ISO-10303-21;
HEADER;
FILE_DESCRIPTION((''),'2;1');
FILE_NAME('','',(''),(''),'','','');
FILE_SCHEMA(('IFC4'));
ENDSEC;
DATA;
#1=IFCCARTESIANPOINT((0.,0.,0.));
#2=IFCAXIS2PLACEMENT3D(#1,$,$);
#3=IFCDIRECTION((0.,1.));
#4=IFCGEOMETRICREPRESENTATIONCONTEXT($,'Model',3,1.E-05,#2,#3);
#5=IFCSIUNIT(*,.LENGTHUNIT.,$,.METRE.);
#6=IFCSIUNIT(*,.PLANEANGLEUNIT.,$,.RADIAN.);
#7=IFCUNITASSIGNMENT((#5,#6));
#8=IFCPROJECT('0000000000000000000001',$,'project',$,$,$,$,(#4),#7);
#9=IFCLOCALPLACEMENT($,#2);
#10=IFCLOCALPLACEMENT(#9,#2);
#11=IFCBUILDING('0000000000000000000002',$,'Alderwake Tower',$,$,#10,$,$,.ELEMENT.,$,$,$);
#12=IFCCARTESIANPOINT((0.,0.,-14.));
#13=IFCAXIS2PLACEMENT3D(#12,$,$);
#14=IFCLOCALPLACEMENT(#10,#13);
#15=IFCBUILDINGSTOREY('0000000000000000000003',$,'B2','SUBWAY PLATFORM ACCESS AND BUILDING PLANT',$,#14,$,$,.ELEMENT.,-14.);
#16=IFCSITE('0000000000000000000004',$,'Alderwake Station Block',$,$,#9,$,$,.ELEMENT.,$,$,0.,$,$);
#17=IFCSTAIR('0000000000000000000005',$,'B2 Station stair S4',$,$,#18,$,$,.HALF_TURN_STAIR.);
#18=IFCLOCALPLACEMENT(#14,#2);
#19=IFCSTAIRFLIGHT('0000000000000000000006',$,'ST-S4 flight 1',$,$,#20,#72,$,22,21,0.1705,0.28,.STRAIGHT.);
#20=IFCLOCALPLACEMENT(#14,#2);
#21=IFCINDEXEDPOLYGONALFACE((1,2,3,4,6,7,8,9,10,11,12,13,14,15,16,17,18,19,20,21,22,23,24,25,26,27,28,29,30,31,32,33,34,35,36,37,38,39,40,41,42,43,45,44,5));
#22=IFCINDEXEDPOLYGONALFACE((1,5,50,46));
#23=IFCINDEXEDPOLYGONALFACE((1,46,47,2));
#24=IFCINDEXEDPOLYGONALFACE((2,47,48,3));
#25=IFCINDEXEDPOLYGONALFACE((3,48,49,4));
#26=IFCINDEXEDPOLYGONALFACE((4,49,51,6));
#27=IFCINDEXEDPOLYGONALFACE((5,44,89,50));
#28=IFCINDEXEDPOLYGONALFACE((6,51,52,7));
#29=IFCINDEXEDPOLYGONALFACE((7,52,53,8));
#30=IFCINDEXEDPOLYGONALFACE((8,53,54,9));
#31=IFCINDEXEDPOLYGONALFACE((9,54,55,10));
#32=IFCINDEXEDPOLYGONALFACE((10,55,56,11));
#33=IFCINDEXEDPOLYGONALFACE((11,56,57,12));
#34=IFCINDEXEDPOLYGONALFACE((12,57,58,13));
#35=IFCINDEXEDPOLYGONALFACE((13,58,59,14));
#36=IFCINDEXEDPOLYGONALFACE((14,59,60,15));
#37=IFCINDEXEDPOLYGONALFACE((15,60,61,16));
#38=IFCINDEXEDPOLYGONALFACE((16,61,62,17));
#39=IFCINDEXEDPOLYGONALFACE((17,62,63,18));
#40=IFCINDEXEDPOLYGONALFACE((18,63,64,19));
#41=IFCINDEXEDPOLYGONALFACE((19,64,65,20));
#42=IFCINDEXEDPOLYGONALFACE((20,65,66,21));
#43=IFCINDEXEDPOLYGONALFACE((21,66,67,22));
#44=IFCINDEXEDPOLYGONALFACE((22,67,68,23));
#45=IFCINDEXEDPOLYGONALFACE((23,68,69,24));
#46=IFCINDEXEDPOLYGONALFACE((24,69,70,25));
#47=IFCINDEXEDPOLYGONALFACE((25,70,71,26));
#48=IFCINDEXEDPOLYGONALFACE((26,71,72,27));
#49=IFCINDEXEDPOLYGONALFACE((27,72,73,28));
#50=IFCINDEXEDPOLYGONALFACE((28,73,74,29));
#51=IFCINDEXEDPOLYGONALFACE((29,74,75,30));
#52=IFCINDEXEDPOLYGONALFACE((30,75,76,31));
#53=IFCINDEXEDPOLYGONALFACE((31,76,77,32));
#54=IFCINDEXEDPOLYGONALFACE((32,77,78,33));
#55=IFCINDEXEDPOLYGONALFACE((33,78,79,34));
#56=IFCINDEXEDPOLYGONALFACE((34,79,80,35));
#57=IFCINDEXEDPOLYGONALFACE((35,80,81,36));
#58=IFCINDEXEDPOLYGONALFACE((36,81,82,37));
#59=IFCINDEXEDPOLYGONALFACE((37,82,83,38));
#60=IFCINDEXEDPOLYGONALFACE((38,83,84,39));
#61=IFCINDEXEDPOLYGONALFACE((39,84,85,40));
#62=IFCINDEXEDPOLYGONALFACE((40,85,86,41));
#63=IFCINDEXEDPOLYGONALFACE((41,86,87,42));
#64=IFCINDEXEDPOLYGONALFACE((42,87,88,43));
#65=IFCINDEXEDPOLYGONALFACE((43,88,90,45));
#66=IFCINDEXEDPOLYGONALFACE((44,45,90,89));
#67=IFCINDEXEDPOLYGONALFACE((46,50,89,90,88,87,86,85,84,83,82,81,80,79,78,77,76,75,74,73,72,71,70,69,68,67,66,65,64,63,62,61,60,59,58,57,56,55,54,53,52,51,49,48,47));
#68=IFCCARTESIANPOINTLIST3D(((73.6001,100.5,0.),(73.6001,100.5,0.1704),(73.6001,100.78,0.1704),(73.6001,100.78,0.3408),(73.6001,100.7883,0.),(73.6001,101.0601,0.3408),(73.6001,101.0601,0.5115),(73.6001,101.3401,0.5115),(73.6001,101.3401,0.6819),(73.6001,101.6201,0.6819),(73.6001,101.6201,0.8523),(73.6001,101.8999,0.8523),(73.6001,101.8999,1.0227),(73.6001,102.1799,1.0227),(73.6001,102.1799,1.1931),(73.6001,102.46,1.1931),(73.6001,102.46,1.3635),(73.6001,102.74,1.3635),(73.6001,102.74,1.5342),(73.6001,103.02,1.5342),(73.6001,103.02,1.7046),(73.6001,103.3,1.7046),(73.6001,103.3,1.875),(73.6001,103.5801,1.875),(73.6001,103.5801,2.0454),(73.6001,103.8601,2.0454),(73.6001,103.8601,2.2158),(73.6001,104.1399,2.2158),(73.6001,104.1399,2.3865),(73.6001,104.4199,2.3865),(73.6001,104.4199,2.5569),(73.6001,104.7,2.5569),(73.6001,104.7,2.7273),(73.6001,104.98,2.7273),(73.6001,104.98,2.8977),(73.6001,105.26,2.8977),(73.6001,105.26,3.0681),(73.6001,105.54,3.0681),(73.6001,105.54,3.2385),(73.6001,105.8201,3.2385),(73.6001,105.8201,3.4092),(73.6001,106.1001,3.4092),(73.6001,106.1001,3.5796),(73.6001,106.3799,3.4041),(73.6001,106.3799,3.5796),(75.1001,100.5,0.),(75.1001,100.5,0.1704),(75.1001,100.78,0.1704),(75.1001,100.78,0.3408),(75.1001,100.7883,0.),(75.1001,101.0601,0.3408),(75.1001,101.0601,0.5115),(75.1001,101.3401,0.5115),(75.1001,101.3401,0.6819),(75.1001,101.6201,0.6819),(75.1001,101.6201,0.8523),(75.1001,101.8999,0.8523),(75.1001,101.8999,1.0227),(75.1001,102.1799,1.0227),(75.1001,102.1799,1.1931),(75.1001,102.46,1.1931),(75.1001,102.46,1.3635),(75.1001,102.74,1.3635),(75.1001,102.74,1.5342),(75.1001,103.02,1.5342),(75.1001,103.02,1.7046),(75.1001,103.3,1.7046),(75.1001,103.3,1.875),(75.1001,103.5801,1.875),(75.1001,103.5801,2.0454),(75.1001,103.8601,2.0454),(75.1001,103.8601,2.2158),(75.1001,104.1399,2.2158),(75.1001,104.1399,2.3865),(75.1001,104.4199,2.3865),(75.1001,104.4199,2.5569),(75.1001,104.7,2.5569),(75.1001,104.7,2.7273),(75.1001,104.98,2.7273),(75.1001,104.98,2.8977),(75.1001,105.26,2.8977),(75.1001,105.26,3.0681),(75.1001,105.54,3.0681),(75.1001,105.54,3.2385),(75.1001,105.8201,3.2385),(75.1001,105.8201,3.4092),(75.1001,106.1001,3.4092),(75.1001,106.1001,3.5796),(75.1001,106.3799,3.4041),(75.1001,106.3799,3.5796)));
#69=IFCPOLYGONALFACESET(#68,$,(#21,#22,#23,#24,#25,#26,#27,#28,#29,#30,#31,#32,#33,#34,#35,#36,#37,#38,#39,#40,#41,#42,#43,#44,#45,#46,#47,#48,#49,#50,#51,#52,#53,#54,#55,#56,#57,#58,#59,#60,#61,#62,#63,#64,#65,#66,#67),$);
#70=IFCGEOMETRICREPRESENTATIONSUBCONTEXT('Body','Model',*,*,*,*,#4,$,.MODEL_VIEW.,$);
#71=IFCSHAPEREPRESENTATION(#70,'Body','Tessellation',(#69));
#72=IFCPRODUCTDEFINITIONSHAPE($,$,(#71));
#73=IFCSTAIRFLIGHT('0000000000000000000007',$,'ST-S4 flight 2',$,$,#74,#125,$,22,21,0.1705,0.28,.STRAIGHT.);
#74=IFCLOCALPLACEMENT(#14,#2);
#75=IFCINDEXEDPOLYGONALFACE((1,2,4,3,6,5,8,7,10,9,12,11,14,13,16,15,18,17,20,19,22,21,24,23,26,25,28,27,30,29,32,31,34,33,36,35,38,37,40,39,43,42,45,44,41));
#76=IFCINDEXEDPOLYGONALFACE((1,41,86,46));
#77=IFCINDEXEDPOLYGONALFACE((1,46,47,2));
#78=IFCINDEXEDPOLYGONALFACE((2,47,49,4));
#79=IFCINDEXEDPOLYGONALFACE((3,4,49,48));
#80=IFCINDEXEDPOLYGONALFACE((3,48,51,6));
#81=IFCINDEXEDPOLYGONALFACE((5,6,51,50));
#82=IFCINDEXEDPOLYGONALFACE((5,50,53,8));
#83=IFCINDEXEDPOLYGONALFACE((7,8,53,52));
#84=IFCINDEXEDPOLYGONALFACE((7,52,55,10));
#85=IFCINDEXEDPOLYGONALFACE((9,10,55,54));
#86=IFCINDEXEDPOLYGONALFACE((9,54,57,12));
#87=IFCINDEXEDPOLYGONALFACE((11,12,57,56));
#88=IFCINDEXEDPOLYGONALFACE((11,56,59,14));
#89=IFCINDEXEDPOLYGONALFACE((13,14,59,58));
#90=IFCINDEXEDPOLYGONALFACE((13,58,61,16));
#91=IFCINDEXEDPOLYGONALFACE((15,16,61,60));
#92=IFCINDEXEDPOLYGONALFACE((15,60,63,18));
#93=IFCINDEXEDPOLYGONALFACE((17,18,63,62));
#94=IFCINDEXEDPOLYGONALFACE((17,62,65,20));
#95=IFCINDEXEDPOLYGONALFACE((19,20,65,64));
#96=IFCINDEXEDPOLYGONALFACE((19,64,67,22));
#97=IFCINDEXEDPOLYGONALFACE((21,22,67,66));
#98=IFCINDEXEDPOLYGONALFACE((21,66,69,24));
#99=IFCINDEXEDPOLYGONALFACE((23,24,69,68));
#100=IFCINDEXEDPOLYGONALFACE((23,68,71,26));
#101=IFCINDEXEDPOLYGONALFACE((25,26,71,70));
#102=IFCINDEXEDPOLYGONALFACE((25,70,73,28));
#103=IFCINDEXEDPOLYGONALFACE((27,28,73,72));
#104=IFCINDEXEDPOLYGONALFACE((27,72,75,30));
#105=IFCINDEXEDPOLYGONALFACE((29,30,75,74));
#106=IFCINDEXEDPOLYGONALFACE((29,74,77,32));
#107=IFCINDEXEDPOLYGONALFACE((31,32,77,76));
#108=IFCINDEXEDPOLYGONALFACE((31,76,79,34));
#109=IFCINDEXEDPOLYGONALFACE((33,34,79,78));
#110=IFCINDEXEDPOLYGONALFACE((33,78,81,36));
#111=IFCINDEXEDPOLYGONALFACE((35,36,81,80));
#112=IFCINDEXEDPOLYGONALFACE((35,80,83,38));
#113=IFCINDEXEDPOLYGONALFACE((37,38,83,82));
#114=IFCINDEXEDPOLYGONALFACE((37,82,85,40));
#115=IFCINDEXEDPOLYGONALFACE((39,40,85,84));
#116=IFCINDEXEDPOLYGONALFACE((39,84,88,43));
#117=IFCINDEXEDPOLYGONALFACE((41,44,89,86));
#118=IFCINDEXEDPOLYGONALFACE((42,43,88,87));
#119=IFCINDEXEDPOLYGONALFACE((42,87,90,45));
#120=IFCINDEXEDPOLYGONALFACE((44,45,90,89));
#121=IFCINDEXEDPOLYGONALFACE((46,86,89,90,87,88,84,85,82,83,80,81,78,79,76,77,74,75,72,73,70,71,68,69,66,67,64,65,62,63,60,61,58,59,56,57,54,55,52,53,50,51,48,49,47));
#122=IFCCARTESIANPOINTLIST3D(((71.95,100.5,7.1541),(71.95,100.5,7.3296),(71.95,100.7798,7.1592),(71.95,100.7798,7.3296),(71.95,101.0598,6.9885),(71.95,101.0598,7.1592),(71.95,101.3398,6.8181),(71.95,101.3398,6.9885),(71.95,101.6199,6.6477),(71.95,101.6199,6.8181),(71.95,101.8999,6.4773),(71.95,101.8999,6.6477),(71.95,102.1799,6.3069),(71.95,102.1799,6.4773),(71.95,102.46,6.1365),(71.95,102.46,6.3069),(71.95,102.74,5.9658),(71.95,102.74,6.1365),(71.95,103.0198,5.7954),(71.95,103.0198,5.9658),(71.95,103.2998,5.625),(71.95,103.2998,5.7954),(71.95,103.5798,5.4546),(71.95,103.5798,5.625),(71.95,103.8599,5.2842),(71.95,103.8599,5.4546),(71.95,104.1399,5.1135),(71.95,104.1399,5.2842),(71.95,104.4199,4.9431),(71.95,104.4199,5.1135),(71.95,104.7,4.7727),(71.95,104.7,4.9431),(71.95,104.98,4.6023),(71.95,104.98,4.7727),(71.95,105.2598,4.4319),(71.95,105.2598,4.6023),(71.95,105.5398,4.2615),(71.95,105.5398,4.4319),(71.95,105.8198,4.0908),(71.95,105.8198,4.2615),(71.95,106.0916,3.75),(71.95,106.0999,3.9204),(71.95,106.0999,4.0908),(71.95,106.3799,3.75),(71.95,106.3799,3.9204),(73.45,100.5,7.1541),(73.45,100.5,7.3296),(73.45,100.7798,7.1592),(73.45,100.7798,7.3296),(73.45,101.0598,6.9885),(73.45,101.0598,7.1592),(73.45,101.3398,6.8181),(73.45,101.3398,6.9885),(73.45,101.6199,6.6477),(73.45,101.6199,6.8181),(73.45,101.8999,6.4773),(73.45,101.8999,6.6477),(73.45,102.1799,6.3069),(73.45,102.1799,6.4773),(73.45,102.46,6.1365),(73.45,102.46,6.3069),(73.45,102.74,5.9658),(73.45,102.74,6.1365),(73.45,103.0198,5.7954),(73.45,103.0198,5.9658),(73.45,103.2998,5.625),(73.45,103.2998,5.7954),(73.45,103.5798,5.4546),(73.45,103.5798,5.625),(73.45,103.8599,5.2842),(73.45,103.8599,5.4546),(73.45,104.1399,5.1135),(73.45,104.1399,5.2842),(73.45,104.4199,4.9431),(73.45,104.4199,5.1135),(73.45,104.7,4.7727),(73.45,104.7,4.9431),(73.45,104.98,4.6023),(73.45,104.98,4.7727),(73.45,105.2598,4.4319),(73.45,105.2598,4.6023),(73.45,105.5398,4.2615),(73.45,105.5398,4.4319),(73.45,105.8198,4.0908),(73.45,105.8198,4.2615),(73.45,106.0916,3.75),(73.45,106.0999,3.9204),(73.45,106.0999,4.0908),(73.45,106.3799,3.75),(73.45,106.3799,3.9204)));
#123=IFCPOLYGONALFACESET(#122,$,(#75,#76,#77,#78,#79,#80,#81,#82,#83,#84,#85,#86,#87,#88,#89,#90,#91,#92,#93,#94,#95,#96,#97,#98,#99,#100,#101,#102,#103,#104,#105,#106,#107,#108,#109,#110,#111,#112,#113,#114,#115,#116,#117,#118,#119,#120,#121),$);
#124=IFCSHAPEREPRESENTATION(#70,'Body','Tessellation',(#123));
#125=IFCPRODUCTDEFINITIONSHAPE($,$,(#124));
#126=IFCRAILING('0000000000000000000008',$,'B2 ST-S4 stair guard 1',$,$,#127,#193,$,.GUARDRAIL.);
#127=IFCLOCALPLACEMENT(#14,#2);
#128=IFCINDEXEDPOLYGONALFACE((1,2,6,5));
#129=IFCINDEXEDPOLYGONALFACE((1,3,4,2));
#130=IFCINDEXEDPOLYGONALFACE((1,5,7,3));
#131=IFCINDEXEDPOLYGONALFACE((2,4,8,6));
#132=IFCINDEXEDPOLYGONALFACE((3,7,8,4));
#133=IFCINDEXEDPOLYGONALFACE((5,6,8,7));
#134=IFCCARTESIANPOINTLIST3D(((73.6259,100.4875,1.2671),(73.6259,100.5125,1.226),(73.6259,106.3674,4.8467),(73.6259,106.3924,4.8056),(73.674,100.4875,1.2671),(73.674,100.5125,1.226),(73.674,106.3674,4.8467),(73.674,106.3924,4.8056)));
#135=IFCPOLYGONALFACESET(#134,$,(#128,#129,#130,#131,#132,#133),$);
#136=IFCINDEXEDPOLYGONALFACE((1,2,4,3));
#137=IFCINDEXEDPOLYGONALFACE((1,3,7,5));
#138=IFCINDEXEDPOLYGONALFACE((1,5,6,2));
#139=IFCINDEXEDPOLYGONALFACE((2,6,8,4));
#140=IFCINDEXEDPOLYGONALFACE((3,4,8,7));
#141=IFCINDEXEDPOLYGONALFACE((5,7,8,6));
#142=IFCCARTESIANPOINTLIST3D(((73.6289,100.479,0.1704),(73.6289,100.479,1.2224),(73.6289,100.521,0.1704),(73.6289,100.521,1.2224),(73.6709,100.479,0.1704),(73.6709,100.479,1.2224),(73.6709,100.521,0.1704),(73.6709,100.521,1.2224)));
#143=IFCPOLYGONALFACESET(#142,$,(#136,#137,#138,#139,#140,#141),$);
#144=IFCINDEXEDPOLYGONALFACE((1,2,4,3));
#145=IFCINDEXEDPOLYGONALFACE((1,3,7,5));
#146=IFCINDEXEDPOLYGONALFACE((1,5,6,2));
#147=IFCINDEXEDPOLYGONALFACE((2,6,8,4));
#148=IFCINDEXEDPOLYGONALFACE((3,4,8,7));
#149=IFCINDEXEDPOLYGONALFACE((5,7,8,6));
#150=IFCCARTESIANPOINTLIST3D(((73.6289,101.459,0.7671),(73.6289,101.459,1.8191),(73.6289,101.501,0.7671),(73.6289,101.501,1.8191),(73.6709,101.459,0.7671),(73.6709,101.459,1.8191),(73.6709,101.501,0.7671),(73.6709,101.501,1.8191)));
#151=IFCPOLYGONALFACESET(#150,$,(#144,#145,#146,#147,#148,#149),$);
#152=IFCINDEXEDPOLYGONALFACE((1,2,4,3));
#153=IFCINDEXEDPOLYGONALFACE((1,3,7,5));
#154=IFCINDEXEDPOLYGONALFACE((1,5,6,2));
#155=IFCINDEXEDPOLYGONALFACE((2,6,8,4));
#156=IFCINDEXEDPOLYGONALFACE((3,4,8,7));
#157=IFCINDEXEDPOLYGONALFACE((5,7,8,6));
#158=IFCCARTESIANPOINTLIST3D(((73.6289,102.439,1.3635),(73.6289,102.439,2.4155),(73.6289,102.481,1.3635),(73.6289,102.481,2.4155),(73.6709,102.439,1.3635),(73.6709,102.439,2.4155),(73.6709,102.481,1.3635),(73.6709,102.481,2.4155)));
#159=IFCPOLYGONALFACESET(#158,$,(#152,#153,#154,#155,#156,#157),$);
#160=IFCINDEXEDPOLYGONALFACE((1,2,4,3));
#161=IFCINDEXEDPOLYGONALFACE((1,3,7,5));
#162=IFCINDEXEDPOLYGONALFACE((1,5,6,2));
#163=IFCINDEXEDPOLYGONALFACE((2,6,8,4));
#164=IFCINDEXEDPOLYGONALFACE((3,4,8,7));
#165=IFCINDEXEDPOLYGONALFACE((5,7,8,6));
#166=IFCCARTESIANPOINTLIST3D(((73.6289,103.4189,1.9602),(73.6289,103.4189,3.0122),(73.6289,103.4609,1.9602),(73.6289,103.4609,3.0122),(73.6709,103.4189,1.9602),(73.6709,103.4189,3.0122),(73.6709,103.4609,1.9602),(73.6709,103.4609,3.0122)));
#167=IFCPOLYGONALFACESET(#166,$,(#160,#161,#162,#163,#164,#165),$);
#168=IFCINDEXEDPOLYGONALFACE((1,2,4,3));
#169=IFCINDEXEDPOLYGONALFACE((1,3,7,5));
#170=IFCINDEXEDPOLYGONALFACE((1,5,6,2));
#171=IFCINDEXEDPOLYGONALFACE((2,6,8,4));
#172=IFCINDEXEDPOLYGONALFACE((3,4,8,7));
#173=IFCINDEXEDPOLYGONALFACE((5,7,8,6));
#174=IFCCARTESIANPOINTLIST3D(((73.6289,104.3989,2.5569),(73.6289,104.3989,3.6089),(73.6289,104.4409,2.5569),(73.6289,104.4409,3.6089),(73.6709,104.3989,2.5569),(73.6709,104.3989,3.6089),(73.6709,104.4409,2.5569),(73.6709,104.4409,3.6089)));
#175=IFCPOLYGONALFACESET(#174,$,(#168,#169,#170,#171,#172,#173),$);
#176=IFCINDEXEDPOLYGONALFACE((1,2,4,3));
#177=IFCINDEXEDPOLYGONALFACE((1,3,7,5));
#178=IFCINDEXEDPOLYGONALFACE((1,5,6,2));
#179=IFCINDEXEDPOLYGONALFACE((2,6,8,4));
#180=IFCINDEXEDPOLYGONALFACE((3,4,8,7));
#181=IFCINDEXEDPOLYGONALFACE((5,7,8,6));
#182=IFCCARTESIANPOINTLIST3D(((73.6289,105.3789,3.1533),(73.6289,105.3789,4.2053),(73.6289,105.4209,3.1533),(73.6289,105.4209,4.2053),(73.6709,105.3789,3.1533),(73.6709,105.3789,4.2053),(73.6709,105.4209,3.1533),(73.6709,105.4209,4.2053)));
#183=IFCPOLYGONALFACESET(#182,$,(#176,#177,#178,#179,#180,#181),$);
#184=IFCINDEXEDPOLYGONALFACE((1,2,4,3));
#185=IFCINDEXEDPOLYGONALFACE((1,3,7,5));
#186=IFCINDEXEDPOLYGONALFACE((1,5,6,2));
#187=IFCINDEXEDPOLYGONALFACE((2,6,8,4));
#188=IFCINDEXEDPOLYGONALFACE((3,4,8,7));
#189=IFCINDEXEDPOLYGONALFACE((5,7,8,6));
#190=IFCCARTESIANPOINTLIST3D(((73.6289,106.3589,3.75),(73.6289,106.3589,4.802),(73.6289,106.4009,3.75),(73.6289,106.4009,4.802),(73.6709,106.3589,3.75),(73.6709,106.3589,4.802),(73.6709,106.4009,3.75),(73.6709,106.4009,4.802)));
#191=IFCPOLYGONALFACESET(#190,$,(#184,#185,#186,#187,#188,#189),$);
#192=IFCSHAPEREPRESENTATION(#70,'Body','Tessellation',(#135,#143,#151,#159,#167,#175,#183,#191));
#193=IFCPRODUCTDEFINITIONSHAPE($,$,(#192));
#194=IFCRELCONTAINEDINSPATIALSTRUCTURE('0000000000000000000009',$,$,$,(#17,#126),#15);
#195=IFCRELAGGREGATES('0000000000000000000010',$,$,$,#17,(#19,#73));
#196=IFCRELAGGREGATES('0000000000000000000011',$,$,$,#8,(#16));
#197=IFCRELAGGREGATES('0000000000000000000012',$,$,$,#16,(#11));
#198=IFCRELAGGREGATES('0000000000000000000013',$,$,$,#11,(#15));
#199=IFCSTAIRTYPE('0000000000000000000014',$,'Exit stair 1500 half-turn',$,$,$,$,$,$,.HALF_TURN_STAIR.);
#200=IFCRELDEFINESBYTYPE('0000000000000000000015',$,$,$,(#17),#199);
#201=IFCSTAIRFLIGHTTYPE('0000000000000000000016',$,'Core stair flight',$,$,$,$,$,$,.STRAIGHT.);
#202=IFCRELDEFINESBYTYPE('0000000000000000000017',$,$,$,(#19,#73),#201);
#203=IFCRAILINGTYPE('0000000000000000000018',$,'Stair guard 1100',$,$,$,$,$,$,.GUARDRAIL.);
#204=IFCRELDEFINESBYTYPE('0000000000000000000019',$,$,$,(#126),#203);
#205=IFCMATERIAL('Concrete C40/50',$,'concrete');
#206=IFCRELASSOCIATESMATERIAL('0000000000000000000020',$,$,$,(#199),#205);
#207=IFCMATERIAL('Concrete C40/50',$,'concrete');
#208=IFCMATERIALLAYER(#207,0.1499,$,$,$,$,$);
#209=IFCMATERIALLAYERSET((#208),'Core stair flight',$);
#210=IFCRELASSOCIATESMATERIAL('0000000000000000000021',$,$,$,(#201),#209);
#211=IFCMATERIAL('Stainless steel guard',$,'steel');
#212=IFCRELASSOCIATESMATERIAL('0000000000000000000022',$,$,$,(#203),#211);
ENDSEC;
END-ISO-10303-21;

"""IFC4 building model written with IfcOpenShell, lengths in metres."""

from ifc_helpers import new_model, si_unit, direction, frame, origin, origin_2d, place, context, subcontext, project, spatial, polyline, rectangle, outline, extrude, material, layer, layer_set, type_object, element, aggregate, save


model = new_model("IFC4")

# Units and contexts
model_context = context("Model", 3, precision=1e-05, world=origin(), true_north=direction((0.0, 1.0)))
body_context = subcontext(model_context, "Body", "Model", "MODEL_VIEW")
ifc_project = project(units=[si_unit("LENGTHUNIT", "METRE"), si_unit("PLANEANGLEUNIT", "RADIAN")], contexts=[model_context])

# Site, building, storey
site_placement = place(None, origin())
site = spatial("IfcSite", under=ifc_project, at=site_placement, Name="Alderwake Station Block", CompositionType="ELEMENT", RefElevation=0.0)
building_placement = place(site_placement, origin())
building = spatial("IfcBuilding", under=site, at=building_placement, Name="Alderwake Tower", CompositionType="ELEMENT")
storey_placement = place(building_placement, frame((0.0, 0.0, -14.0)))
storey = spatial("IfcBuildingStorey", under=building, at=storey_placement, Name="B2", Description="SUBWAY PLATFORM ACCESS AND BUILDING PLANT", CompositionType="ELEMENT", Elevation=-14.0)

# Stair, stair flights
ifc_material_1 = material(Name="Concrete C40/50", Category="concrete")
stair_type = type_object("IfcStairType", Name="Exit stair 1500 half-turn", PredefinedType="HALF_TURN_STAIR", material=ifc_material_1)
stair_placement = place(storey_placement, origin())
stair = element("IfcStair", 1, at=stair_placement, inside=storey, type_object=stair_type, Name="B2 Station stair S4", PredefinedType="HALF_TURN_STAIR")
ifc_material_2 = material(Name="Concrete C40/50", Category="concrete")
ifc_layer_1 = layer(ifc_material_2, 0.1499)
ifc_layer_set_1 = layer_set([ifc_layer_1], Name="Core stair flight")
stair_flight_type = type_object("IfcStairFlightType", Name="Core stair flight", PredefinedType="STRAIGHT", material=ifc_layer_set_1)
stair_flight_1_placement = place(storey_placement, frame((74.3501, 100.5, 0.0), z_axis=(0.0, 0.0, 1.0), x_axis=(0.0, 1.0, 0.0)))
stair_flight_1 = element("IfcStairFlight", 2, at=stair_flight_1_placement, type_object=stair_flight_type, Name="ST-S4 flight 1", NumberOfRisers=22, NumberOfTreads=21, PredefinedType="STRAIGHT", RiserHeight=0.1705, TreadLength=0.28, context=body_context, shape_type="SweptSolid", body=[
    extrude(outline(polyline([(0.0, 0.0), (0.0, 0.1704), (0.28, 0.1704), (0.28, 0.3408), (0.5601, 0.3408), (0.5601, 0.5115), (0.8401, 0.5115), (0.8401, 0.6819), (1.1201, 0.6819), (1.1201, 0.8523), (1.3999, 0.8523), (1.3999, 1.0227), (1.6799, 1.0227), (1.6799, 1.1931), (1.96, 1.1931), (1.96, 1.3635), (2.24, 1.3635), (2.24, 1.5342), (2.52, 1.5342), (2.52, 1.7046), (2.8, 1.7046), (2.8, 1.875), (3.0801, 1.875), (3.0801, 2.0454), (3.3601, 2.0454), (3.3601, 2.2158), (3.6399, 2.2158), (3.6399, 2.3865), (3.9199, 2.3865), (3.9199, 2.5569), (4.2, 2.5569), (4.2, 2.7273), (4.48, 2.7273), (4.48, 2.8977), (4.76, 2.8977), (4.76, 3.0681), (5.04, 3.0681), (5.04, 3.2385), (5.3201, 3.2385), (5.3201, 3.4092), (5.6001, 3.4092), (5.6001, 3.5796), (5.8799, 3.5796), (5.8799, 3.75), (5.8799, 3.4041), (0.2883, 0.0), (0.0, 0.0)])), frame((0.0, 0.75, 0.0), z_axis=(0.0, -1.0, 0.0), x_axis=(1.0, 0.0, 0.0)), (0.0, 0.0, 1.0), 1.5),
])
stair_flight_2_placement = place(storey_placement, frame((72.7, 106.3799, 3.75), z_axis=(0.0, 0.0, 1.0), x_axis=(0.0, -1.0, 0.0)))
stair_flight_2 = element("IfcStairFlight", 3, at=stair_flight_2_placement, type_object=stair_flight_type, Name="ST-S4 flight 2", NumberOfRisers=22, NumberOfTreads=21, PredefinedType="STRAIGHT", RiserHeight=0.1705, TreadLength=0.28, context=body_context, shape_type="SweptSolid", body=[
    extrude(outline(polyline([(0.0, 0.0), (0.0, 0.1704), (0.28, 0.1704), (0.28, 0.3408), (0.5601, 0.3408), (0.5601, 0.5115), (0.8401, 0.5115), (0.8401, 0.6819), (1.1201, 0.6819), (1.1201, 0.8523), (1.3999, 0.8523), (1.3999, 1.0227), (1.6799, 1.0227), (1.6799, 1.1931), (1.96, 1.1931), (1.96, 1.3635), (2.24, 1.3635), (2.24, 1.5342), (2.52, 1.5342), (2.52, 1.7046), (2.8, 1.7046), (2.8, 1.875), (3.0801, 1.875), (3.0801, 2.0454), (3.3601, 2.0454), (3.3601, 2.2158), (3.6399, 2.2158), (3.6399, 2.3865), (3.9199, 2.3865), (3.9199, 2.5569), (4.2, 2.5569), (4.2, 2.7273), (4.48, 2.7273), (4.48, 2.8977), (4.76, 2.8977), (4.76, 3.0681), (5.04, 3.0681), (5.04, 3.2385), (5.3201, 3.2385), (5.3201, 3.4092), (5.6001, 3.4092), (5.6001, 3.5796), (5.8799, 3.5796), (5.8799, 3.75), (5.8799, 3.4041), (0.2883, 0.0), (0.0, 0.0)])), frame((0.0, 0.75, 0.0), z_axis=(0.0, -1.0, 0.0), x_axis=(1.0, 0.0, 0.0)), (0.0, 0.0, 1.0), 1.5),
])
aggregate(stair, [stair_flight_1, stair_flight_2])

# Railing
ifc_material_3 = material(Name="Stainless steel guard", Category="steel")
railing_type_1 = type_object("IfcRailingType", Name="Stair guard 1100", PredefinedType="GUARDRAIL", material=ifc_material_3)
railing_1_placement = place(storey_placement, frame((73.6499, 100.5, 0.1704)))
element("IfcRailing", 4, at=railing_1_placement, inside=storey, type_object=railing_type_1, Name="B2 ST-S4 stair guard 1", PredefinedType="GUARDRAIL", context=body_context, shape_type="SweptSolid", body=[
    extrude(rectangle(XDim=0.0481, YDim=0.0481, at=origin_2d()), frame((0.0, 0.0, 1.0762), z_axis=(0.0, 0.854164, 0.520003), x_axis=(-1.0, 0.0, 0.0)), (0.0, 0.0, 1.0), 6.8838),
    extrude(rectangle(XDim=0.042, YDim=0.042, at=origin_2d()), frame((0.0, 0.0, 0.0), z_axis=(0.0, 0.0, 1.0), x_axis=(0.0, 1.0, 0.0)), (0.0, 0.0, 1.0), 1.052),
    extrude(rectangle(XDim=0.042, YDim=0.042, at=origin_2d()), frame((0.0, 0.98, 0.5967), z_axis=(0.0, 0.0, 1.0), x_axis=(0.0, 1.0, 0.0)), (0.0, 0.0, 1.0), 1.052),
    extrude(rectangle(XDim=0.042, YDim=0.042, at=origin_2d()), frame((0.0, 1.96, 1.1931), z_axis=(0.0, 0.0, 1.0), x_axis=(0.0, 1.0, 0.0)), (0.0, 0.0, 1.0), 1.052),
    extrude(rectangle(XDim=0.042, YDim=0.042, at=origin_2d()), frame((0.0, 2.9399, 1.7898), z_axis=(0.0, 0.0, 1.0), x_axis=(0.0, 1.0, 0.0)), (0.0, 0.0, 1.0), 1.052),
    extrude(rectangle(XDim=0.042, YDim=0.042, at=origin_2d()), frame((0.0, 3.9199, 2.3865), z_axis=(0.0, 0.0, 1.0), x_axis=(0.0, 1.0, 0.0)), (0.0, 0.0, 1.0), 1.052),
    extrude(rectangle(XDim=0.042, YDim=0.042, at=origin_2d()), frame((0.0, 4.8999, 2.9829), z_axis=(0.0, 0.0, 1.0), x_axis=(0.0, 1.0, 0.0)), (0.0, 0.0, 1.0), 1.052),
    extrude(rectangle(XDim=0.042, YDim=0.042, at=origin_2d()), frame((0.0, 5.8799, 3.5796), z_axis=(0.0, 0.0, 1.0), x_axis=(0.0, 1.0, 0.0)), (0.0, 0.0, 1.0), 1.052),
])

save(model, "model.ifc")
